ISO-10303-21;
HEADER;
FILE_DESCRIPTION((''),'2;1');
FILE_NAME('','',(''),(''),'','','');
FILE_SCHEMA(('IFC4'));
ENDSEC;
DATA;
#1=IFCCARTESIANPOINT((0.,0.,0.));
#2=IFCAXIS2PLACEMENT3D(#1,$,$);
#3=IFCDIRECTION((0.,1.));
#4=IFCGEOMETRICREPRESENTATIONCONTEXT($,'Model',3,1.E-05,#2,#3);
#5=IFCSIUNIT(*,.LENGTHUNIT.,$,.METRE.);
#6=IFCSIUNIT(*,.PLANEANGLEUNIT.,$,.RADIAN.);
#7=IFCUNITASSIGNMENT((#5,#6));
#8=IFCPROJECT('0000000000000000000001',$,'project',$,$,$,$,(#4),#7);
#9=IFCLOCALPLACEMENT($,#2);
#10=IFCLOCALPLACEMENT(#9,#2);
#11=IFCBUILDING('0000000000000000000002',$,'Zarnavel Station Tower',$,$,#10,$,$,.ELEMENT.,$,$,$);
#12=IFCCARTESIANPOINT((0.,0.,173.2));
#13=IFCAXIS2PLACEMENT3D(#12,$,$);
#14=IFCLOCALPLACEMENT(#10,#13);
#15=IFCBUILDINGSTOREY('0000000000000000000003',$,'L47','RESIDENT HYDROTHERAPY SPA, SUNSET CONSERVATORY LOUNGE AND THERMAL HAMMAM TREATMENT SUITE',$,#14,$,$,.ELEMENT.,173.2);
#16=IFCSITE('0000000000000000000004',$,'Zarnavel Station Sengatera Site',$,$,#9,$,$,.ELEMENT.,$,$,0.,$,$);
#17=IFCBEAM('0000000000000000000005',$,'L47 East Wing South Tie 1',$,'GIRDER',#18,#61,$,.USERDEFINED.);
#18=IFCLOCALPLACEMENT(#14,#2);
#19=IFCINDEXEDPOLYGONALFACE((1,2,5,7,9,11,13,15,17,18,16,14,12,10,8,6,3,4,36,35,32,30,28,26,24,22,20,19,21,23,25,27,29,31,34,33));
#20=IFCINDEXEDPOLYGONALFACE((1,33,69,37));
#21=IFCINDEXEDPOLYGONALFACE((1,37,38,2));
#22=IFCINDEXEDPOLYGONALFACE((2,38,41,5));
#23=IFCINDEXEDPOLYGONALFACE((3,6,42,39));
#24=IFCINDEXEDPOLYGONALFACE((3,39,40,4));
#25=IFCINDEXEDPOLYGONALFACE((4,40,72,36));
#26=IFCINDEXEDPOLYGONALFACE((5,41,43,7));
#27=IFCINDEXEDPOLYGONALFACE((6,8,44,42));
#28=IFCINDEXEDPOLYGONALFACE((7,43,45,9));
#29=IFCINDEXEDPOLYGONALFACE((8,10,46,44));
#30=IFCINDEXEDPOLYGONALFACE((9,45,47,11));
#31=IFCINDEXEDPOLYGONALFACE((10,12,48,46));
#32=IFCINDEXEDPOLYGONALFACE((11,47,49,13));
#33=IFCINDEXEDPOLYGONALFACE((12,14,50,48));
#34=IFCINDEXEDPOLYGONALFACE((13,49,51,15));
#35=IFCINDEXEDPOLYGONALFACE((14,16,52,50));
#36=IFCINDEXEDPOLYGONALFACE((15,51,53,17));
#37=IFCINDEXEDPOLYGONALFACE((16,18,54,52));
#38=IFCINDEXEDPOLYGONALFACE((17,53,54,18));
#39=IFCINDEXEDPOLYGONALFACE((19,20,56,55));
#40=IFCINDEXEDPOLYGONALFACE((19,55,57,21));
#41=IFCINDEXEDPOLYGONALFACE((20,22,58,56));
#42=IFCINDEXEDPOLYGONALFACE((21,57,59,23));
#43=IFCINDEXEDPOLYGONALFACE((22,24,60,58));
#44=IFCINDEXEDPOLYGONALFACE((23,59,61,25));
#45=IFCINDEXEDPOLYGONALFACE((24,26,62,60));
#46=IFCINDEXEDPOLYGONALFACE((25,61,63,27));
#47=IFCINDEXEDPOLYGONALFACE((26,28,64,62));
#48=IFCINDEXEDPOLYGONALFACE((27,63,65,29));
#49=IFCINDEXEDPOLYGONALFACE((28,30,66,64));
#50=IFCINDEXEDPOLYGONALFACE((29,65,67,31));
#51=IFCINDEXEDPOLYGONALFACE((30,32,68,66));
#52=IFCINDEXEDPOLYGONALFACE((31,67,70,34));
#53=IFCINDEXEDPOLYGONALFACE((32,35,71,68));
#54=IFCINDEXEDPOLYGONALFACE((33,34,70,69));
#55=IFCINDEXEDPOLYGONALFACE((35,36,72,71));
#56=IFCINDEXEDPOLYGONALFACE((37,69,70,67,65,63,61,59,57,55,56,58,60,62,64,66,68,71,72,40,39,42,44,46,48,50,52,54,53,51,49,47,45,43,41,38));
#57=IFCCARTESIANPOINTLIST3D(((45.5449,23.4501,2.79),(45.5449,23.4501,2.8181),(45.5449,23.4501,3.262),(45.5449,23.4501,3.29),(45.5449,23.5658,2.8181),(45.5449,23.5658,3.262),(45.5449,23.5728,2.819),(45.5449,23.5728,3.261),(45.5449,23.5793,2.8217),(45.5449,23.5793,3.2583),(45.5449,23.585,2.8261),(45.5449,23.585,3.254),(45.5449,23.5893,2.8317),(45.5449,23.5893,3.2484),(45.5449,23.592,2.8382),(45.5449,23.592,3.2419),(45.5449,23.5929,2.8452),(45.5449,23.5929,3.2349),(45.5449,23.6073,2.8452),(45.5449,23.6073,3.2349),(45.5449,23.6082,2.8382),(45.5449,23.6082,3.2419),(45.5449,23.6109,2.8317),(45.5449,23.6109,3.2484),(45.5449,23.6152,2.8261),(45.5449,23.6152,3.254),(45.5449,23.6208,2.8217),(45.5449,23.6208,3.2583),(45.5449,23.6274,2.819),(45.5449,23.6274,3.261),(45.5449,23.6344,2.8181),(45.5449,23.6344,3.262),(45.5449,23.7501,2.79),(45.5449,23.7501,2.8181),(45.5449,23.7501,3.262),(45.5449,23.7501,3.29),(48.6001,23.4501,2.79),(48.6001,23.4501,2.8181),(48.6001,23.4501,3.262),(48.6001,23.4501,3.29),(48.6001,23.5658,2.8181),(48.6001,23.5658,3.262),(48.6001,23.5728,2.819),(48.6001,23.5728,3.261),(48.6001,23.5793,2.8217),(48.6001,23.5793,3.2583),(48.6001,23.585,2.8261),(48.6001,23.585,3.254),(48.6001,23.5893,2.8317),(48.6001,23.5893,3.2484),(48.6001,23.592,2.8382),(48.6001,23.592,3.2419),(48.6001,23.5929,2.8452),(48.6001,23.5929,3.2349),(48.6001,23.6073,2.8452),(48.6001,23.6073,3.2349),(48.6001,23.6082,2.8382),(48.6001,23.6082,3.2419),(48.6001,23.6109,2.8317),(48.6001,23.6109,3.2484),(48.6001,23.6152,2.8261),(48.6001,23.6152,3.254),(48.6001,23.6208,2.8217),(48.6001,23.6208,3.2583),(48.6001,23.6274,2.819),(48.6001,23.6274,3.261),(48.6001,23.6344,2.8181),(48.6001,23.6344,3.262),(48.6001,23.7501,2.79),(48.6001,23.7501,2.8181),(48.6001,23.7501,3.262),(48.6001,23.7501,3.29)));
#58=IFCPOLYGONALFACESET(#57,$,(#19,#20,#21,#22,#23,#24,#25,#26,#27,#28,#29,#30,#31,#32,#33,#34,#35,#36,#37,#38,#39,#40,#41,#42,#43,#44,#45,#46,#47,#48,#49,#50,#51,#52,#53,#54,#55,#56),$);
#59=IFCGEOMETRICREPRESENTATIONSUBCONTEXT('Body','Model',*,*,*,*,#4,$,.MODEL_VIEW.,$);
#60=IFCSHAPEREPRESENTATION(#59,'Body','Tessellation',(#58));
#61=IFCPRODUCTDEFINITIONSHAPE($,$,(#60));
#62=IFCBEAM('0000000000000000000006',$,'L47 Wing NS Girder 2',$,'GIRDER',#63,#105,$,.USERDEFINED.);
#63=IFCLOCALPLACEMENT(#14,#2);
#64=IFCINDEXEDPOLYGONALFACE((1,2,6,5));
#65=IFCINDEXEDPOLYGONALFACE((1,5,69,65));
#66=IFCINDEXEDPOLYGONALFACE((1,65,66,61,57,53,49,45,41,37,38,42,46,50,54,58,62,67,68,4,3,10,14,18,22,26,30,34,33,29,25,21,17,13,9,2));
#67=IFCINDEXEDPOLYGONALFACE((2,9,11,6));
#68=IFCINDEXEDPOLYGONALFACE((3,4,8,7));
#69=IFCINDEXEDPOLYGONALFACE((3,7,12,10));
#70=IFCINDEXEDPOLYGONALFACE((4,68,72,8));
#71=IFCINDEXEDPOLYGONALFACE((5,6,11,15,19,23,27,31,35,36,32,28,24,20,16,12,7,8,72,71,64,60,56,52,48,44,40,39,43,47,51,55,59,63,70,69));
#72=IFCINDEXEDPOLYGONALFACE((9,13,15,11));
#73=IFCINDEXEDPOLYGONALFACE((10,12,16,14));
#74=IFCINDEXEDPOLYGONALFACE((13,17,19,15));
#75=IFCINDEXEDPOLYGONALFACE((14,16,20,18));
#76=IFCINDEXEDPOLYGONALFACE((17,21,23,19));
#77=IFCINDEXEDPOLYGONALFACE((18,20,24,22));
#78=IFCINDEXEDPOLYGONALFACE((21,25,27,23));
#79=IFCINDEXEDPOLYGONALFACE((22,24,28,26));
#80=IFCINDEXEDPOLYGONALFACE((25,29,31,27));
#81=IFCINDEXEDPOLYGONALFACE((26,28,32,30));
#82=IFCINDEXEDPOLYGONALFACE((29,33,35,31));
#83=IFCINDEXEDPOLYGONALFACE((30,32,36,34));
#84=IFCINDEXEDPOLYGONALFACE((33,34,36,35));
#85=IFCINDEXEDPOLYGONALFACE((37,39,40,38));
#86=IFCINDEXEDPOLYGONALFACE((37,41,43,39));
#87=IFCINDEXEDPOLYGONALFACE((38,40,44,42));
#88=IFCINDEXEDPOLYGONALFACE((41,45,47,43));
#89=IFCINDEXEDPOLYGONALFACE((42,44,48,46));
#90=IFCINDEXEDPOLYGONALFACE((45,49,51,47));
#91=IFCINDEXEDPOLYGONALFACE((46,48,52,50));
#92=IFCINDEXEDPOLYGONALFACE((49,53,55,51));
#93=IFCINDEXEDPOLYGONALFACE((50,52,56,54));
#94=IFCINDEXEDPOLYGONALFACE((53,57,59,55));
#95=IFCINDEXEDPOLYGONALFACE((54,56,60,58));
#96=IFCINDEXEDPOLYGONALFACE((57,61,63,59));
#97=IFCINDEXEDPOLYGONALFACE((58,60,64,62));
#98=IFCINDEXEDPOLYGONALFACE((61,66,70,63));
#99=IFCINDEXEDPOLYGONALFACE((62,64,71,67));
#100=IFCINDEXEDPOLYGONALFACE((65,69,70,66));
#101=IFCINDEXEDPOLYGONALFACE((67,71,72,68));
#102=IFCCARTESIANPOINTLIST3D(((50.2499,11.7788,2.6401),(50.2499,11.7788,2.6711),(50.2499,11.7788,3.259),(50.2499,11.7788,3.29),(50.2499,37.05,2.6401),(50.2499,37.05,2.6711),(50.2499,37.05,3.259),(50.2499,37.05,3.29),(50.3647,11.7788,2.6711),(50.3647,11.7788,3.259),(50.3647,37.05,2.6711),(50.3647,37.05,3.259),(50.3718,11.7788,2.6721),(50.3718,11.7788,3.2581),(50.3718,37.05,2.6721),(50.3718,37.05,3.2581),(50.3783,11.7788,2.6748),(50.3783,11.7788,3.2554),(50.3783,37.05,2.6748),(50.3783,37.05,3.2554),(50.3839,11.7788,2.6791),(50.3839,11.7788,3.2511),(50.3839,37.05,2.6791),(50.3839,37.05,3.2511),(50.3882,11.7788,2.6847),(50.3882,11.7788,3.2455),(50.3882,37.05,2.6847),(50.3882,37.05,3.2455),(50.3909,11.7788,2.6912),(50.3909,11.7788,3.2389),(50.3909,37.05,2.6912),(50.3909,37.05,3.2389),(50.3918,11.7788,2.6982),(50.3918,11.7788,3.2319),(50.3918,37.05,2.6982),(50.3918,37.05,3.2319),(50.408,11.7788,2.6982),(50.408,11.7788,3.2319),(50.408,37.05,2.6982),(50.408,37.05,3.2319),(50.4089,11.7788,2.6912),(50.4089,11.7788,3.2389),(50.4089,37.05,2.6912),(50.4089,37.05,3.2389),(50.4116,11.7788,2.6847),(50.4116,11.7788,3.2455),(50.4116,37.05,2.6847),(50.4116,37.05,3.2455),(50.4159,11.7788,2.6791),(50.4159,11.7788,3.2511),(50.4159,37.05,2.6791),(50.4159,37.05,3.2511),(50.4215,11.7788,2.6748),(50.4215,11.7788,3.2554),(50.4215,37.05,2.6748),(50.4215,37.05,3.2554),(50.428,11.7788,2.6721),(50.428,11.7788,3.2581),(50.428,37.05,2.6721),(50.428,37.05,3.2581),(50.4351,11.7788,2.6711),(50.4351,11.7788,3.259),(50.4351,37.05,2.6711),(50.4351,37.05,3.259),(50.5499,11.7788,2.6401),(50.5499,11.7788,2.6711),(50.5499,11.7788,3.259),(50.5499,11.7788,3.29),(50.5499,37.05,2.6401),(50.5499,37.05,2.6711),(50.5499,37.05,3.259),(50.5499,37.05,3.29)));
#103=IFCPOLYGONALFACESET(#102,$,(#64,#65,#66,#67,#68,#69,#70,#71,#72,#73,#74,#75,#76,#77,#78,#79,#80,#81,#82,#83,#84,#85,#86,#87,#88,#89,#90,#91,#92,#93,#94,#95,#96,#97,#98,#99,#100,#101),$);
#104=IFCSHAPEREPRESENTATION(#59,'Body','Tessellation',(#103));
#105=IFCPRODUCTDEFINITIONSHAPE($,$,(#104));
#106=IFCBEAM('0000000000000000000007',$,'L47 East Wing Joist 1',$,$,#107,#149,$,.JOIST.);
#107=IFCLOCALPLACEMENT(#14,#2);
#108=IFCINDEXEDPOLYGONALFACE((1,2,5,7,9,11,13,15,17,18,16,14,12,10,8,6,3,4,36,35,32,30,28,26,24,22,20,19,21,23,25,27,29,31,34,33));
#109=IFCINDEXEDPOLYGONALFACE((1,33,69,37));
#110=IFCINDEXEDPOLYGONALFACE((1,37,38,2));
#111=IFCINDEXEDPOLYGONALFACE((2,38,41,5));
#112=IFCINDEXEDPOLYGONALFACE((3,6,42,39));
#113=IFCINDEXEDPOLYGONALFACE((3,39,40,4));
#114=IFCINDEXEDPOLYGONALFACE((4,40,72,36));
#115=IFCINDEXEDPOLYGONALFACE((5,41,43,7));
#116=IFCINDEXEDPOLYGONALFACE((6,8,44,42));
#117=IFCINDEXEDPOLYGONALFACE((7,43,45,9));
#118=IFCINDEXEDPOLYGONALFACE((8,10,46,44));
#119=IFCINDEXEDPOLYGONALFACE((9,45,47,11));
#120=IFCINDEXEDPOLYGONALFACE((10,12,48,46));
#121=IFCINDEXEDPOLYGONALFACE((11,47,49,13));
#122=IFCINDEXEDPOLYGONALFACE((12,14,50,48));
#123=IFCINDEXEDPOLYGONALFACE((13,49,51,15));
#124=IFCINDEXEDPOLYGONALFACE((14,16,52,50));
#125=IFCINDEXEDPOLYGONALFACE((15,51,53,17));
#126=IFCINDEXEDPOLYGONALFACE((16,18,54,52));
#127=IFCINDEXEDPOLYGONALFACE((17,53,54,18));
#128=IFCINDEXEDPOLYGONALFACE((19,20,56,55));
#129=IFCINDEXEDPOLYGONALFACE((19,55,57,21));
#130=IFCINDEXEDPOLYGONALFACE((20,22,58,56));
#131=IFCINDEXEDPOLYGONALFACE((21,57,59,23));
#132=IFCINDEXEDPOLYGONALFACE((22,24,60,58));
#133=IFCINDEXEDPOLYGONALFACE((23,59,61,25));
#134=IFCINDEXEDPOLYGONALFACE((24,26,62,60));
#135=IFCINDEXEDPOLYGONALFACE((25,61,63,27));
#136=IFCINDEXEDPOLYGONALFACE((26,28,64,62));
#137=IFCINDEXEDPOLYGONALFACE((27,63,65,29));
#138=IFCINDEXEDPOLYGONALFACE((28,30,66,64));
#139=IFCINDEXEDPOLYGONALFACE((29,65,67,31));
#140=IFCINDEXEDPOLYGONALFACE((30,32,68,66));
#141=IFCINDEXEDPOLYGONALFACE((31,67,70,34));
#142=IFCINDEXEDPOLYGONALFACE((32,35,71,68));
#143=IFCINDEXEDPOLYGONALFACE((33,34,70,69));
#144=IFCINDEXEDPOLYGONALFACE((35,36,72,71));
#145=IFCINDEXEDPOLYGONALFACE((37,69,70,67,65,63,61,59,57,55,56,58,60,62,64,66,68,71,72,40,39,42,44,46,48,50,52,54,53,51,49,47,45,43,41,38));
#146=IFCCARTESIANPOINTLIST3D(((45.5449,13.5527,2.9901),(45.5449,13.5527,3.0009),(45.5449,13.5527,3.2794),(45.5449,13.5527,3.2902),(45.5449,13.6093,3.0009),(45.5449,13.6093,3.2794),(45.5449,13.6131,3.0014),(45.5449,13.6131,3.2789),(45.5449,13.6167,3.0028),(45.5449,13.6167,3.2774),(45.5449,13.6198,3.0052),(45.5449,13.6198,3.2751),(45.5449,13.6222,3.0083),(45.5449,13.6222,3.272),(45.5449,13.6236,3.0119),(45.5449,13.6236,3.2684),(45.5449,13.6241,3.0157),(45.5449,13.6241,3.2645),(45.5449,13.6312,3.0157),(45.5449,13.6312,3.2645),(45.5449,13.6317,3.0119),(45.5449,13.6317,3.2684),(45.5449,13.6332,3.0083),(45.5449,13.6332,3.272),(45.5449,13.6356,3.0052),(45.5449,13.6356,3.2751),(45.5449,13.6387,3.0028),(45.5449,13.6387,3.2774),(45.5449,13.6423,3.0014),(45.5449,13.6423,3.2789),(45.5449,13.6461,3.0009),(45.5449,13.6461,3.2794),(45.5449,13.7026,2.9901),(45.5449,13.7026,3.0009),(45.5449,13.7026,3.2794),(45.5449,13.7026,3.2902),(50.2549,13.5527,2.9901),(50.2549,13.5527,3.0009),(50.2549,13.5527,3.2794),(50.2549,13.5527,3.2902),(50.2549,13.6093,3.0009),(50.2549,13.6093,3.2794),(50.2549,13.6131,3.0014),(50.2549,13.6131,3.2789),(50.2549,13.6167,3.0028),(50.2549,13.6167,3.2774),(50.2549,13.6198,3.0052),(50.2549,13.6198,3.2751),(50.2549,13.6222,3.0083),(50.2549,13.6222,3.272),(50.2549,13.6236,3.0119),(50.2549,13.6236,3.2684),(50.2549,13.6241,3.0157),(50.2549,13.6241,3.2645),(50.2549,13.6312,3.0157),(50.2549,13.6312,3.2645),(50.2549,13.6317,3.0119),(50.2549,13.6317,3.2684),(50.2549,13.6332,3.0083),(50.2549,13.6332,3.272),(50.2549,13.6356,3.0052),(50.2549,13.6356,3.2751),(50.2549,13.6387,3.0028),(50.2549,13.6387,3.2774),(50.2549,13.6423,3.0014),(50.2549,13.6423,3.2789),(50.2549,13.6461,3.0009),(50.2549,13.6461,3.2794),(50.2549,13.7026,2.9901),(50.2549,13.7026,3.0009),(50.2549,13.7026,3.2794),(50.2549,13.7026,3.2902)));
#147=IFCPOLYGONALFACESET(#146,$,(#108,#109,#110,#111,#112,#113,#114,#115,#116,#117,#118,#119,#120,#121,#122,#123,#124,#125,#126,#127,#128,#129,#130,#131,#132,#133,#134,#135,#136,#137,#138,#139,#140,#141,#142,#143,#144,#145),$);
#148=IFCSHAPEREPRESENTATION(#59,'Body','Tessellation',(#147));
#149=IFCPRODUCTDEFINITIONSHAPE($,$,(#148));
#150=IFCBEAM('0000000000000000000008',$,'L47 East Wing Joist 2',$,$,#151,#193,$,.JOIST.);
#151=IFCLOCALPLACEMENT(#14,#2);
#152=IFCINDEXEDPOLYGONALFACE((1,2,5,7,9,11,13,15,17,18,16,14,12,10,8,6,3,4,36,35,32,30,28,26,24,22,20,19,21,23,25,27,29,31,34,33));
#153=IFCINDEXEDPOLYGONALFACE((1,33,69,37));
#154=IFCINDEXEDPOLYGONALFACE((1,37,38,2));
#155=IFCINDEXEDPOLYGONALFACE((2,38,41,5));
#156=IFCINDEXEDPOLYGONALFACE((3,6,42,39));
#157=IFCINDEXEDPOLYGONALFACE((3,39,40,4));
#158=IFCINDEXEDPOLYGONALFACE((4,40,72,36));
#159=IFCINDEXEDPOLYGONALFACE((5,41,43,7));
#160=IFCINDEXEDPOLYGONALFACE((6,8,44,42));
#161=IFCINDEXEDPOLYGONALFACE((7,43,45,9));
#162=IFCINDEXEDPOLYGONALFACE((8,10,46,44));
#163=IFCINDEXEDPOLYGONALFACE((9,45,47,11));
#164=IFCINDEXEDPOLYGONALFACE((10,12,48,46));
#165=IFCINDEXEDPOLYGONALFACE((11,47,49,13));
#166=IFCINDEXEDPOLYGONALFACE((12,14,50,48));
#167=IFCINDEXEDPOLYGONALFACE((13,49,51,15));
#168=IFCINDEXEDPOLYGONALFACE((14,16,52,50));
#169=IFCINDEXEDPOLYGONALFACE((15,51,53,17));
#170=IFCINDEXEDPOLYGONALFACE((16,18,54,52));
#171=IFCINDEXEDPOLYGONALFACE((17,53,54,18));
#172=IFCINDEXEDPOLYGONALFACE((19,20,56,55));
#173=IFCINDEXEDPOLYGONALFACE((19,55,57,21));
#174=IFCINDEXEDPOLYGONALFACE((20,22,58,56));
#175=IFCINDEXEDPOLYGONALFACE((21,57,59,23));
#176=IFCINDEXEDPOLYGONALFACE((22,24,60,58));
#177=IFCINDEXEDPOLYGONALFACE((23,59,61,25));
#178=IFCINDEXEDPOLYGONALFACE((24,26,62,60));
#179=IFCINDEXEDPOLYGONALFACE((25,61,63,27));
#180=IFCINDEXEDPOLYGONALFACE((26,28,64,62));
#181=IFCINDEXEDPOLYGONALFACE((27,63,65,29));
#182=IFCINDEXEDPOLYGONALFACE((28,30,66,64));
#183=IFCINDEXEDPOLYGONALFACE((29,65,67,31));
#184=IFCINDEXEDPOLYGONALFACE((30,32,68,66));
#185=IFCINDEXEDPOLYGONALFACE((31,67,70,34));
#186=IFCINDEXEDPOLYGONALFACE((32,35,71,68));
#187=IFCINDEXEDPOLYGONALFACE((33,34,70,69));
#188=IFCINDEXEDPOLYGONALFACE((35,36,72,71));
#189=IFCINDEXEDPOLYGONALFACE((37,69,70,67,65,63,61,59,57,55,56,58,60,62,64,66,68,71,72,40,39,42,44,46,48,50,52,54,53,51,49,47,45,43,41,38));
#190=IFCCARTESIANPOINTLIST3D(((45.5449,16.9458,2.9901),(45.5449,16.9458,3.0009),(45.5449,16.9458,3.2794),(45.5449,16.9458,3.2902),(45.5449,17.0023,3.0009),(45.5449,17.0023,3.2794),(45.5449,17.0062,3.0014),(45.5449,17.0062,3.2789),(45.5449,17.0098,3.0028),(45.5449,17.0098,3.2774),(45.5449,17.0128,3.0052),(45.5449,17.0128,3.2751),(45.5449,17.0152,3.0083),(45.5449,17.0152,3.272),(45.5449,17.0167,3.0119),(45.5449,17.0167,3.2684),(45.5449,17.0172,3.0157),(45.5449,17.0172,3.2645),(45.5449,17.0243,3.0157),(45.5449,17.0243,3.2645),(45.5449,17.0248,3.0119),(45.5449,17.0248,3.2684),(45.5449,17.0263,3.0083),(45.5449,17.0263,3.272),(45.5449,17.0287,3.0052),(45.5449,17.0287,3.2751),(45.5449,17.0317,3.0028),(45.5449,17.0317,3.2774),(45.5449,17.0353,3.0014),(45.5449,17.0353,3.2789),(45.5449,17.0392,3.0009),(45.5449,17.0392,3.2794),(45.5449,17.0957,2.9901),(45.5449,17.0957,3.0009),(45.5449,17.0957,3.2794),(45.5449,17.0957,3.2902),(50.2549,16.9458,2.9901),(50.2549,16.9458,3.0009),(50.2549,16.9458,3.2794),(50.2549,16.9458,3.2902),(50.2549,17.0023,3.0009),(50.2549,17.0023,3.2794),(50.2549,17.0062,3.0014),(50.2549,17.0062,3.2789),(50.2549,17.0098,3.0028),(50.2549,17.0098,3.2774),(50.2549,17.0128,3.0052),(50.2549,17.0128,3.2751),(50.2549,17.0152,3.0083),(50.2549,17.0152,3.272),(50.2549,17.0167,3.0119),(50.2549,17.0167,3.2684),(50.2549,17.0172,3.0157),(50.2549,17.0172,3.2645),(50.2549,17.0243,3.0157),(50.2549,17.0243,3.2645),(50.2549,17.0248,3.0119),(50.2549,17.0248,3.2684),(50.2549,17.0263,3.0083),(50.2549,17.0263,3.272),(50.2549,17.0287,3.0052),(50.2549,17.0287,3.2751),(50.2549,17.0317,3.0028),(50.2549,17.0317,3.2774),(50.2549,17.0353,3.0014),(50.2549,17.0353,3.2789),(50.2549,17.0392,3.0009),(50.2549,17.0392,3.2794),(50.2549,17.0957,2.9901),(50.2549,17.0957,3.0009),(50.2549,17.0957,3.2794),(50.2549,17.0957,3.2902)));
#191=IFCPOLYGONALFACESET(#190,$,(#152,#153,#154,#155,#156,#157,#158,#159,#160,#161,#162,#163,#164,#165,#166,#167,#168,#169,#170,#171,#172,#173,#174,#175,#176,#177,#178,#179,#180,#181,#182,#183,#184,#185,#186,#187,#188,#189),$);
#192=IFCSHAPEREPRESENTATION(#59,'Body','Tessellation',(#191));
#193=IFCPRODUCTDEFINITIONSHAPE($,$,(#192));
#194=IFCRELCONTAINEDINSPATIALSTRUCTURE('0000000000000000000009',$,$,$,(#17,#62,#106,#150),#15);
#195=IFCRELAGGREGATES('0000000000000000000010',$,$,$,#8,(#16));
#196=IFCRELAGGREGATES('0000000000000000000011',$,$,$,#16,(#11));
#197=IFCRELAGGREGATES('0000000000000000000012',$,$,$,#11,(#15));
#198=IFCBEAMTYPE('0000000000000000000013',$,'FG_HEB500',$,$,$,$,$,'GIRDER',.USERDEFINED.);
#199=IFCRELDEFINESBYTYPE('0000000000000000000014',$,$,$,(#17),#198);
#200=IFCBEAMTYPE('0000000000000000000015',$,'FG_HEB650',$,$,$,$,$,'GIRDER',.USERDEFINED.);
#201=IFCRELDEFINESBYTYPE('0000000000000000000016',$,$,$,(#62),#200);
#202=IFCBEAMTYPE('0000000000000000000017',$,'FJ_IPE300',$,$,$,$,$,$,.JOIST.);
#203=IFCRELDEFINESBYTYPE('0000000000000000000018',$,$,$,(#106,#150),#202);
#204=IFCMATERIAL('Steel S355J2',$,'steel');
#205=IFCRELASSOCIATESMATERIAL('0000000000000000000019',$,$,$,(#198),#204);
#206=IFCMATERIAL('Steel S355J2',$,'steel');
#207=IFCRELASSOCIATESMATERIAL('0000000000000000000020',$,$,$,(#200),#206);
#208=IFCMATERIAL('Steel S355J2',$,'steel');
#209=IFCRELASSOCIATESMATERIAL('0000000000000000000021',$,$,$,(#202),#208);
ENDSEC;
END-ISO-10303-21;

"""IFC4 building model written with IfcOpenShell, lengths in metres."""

from ifc_helpers import new_model, si_unit, direction, frame, origin, origin_2d, place, context, subcontext, project, spatial, i_section, extrude, material, material_profile, profile_set, type_object, element, save


model = new_model("IFC4")

# Units and contexts
model_context = context("Model", 3, precision=1e-05, world=origin(), true_north=direction((0.0, 1.0)))
body_context = subcontext(model_context, "Body", "Model", "MODEL_VIEW")
ifc_project = project(units=[si_unit("LENGTHUNIT", "METRE"), si_unit("PLANEANGLEUNIT", "RADIAN")], contexts=[model_context])

# Site, building, storey
site_placement = place(None, origin())
site = spatial("IfcSite", under=ifc_project, at=site_placement, Name="Zarnavel Station Sengatera Site", CompositionType="ELEMENT", RefElevation=0.0)
building_placement = place(site_placement, origin())
building = spatial("IfcBuilding", under=site, at=building_placement, Name="Zarnavel Station Tower", CompositionType="ELEMENT")
storey_placement = place(building_placement, frame((0.0, 0.0, 173.2)))
storey = spatial("IfcBuildingStorey", under=building, at=storey_placement, Name="L47", Description="RESIDENT HYDROTHERAPY SPA, SUNSET CONSERVATORY LOUNGE AND THERMAL HAMMAM TREATMENT SUITE", CompositionType="ELEMENT", Elevation=173.2)

# Beams
ifc_material_1 = material(Name="Steel S355J2", Category="steel")
ifc_material_profile_1 = material_profile(ifc_material_1, i_section(OverallWidth=0.3, OverallDepth=0.5, WebThickness=0.0144, FlangeThickness=0.0281, FilletRadius=0.0271, at=origin_2d()), Name="HEB500")
ifc_profile_set_1 = profile_set([ifc_material_profile_1], Name="Steel S355J2")
beam_type_1 = type_object("IfcBeamType", Name="FG_HEB500", ElementType="GIRDER", PredefinedType="USERDEFINED", material=ifc_profile_set_1)
beam_1_placement = place(storey_placement, frame((45.5449, 23.6001, 3.04), z_axis=(1.0, 0.0, 0.0), x_axis=(0.0, 1.0, 0.0)))
element("IfcBeam", 1, at=beam_1_placement, inside=storey, type_object=beam_type_1, Name="L47 East Wing South Tie 1", ObjectType="GIRDER", PredefinedType="USERDEFINED", context=body_context, shape_type="SweptSolid", body=[
    extrude(i_section(OverallWidth=0.3, OverallDepth=0.5, WebThickness=0.0144, FlangeThickness=0.0281, FilletRadius=0.0271, at=origin_2d()), origin(), (0.0, 0.0, 1.0), 3.0552),
])
ifc_material_2 = material(Name="Steel S355J2", Category="steel")
ifc_material_profile_2 = material_profile(ifc_material_2, i_section(OverallWidth=0.3, OverallDepth=0.6499, WebThickness=0.0161, FlangeThickness=0.031, FilletRadius=0.0271, at=origin_2d()), Name="HEB650")
ifc_profile_set_2 = profile_set([ifc_material_profile_2], Name="Steel S355J2")
beam_type_2 = type_object("IfcBeamType", Name="FG_HEB650", ElementType="GIRDER", PredefinedType="USERDEFINED", material=ifc_profile_set_2)
beam_2_placement = place(storey_placement, frame((50.3999, 11.7788, 2.9651), z_axis=(0.0, 1.0, 0.0), x_axis=(-1.0, 0.0, 0.0)))
element("IfcBeam", 2, at=beam_2_placement, inside=storey, type_object=beam_type_2, Name="L47 Wing NS Girder 2", ObjectType="GIRDER", PredefinedType="USERDEFINED", context=body_context, shape_type="SweptSolid", body=[
    extrude(i_section(OverallWidth=0.3, OverallDepth=0.6499, WebThickness=0.0161, FlangeThickness=0.031, FilletRadius=0.0271, at=origin_2d()), origin(), (0.0, 0.0, 1.0), 25.2712),
])
ifc_material_3 = material(Name="Steel S355J2", Category="steel")
ifc_material_profile_3 = material_profile(ifc_material_3, i_section(OverallWidth=0.1499, OverallDepth=0.3, WebThickness=0.0071, FlangeThickness=0.0107, FilletRadius=0.0149, at=origin_2d()), Name="IPE300")
ifc_profile_set_3 = profile_set([ifc_material_profile_3], Name="Steel S355J2")
beam_type_3 = type_object("IfcBeamType", Name="FJ_IPE300", PredefinedType="JOIST", material=ifc_profile_set_3)
for number, where, z_axis, x_axis, name in (
    (3, (45.5449, 13.6277, 3.1401), (1.0, 0.0, 0.0), (0.0, 1.0, 0.0), "L47 East Wing Joist 1"),
    (4, (45.5449, 17.0208, 3.1401), (1.0, 0.0, 0.0), (0.0, 1.0, 0.0), "L47 East Wing Joist 2"),
):
    element("IfcBeam", number, at=place(storey_placement, frame(where, z_axis=z_axis, x_axis=x_axis)), inside=storey, type_object=beam_type_3, Name=name, PredefinedType="JOIST", context=body_context, shape_type="SweptSolid", body=[
        extrude(i_section(OverallWidth=0.1499, OverallDepth=0.3, WebThickness=0.0071, FlangeThickness=0.0107, FilletRadius=0.0149, at=origin_2d()), origin(), (0.0, 0.0, 1.0), 4.71),
    ])

save(model, "model.ifc")
